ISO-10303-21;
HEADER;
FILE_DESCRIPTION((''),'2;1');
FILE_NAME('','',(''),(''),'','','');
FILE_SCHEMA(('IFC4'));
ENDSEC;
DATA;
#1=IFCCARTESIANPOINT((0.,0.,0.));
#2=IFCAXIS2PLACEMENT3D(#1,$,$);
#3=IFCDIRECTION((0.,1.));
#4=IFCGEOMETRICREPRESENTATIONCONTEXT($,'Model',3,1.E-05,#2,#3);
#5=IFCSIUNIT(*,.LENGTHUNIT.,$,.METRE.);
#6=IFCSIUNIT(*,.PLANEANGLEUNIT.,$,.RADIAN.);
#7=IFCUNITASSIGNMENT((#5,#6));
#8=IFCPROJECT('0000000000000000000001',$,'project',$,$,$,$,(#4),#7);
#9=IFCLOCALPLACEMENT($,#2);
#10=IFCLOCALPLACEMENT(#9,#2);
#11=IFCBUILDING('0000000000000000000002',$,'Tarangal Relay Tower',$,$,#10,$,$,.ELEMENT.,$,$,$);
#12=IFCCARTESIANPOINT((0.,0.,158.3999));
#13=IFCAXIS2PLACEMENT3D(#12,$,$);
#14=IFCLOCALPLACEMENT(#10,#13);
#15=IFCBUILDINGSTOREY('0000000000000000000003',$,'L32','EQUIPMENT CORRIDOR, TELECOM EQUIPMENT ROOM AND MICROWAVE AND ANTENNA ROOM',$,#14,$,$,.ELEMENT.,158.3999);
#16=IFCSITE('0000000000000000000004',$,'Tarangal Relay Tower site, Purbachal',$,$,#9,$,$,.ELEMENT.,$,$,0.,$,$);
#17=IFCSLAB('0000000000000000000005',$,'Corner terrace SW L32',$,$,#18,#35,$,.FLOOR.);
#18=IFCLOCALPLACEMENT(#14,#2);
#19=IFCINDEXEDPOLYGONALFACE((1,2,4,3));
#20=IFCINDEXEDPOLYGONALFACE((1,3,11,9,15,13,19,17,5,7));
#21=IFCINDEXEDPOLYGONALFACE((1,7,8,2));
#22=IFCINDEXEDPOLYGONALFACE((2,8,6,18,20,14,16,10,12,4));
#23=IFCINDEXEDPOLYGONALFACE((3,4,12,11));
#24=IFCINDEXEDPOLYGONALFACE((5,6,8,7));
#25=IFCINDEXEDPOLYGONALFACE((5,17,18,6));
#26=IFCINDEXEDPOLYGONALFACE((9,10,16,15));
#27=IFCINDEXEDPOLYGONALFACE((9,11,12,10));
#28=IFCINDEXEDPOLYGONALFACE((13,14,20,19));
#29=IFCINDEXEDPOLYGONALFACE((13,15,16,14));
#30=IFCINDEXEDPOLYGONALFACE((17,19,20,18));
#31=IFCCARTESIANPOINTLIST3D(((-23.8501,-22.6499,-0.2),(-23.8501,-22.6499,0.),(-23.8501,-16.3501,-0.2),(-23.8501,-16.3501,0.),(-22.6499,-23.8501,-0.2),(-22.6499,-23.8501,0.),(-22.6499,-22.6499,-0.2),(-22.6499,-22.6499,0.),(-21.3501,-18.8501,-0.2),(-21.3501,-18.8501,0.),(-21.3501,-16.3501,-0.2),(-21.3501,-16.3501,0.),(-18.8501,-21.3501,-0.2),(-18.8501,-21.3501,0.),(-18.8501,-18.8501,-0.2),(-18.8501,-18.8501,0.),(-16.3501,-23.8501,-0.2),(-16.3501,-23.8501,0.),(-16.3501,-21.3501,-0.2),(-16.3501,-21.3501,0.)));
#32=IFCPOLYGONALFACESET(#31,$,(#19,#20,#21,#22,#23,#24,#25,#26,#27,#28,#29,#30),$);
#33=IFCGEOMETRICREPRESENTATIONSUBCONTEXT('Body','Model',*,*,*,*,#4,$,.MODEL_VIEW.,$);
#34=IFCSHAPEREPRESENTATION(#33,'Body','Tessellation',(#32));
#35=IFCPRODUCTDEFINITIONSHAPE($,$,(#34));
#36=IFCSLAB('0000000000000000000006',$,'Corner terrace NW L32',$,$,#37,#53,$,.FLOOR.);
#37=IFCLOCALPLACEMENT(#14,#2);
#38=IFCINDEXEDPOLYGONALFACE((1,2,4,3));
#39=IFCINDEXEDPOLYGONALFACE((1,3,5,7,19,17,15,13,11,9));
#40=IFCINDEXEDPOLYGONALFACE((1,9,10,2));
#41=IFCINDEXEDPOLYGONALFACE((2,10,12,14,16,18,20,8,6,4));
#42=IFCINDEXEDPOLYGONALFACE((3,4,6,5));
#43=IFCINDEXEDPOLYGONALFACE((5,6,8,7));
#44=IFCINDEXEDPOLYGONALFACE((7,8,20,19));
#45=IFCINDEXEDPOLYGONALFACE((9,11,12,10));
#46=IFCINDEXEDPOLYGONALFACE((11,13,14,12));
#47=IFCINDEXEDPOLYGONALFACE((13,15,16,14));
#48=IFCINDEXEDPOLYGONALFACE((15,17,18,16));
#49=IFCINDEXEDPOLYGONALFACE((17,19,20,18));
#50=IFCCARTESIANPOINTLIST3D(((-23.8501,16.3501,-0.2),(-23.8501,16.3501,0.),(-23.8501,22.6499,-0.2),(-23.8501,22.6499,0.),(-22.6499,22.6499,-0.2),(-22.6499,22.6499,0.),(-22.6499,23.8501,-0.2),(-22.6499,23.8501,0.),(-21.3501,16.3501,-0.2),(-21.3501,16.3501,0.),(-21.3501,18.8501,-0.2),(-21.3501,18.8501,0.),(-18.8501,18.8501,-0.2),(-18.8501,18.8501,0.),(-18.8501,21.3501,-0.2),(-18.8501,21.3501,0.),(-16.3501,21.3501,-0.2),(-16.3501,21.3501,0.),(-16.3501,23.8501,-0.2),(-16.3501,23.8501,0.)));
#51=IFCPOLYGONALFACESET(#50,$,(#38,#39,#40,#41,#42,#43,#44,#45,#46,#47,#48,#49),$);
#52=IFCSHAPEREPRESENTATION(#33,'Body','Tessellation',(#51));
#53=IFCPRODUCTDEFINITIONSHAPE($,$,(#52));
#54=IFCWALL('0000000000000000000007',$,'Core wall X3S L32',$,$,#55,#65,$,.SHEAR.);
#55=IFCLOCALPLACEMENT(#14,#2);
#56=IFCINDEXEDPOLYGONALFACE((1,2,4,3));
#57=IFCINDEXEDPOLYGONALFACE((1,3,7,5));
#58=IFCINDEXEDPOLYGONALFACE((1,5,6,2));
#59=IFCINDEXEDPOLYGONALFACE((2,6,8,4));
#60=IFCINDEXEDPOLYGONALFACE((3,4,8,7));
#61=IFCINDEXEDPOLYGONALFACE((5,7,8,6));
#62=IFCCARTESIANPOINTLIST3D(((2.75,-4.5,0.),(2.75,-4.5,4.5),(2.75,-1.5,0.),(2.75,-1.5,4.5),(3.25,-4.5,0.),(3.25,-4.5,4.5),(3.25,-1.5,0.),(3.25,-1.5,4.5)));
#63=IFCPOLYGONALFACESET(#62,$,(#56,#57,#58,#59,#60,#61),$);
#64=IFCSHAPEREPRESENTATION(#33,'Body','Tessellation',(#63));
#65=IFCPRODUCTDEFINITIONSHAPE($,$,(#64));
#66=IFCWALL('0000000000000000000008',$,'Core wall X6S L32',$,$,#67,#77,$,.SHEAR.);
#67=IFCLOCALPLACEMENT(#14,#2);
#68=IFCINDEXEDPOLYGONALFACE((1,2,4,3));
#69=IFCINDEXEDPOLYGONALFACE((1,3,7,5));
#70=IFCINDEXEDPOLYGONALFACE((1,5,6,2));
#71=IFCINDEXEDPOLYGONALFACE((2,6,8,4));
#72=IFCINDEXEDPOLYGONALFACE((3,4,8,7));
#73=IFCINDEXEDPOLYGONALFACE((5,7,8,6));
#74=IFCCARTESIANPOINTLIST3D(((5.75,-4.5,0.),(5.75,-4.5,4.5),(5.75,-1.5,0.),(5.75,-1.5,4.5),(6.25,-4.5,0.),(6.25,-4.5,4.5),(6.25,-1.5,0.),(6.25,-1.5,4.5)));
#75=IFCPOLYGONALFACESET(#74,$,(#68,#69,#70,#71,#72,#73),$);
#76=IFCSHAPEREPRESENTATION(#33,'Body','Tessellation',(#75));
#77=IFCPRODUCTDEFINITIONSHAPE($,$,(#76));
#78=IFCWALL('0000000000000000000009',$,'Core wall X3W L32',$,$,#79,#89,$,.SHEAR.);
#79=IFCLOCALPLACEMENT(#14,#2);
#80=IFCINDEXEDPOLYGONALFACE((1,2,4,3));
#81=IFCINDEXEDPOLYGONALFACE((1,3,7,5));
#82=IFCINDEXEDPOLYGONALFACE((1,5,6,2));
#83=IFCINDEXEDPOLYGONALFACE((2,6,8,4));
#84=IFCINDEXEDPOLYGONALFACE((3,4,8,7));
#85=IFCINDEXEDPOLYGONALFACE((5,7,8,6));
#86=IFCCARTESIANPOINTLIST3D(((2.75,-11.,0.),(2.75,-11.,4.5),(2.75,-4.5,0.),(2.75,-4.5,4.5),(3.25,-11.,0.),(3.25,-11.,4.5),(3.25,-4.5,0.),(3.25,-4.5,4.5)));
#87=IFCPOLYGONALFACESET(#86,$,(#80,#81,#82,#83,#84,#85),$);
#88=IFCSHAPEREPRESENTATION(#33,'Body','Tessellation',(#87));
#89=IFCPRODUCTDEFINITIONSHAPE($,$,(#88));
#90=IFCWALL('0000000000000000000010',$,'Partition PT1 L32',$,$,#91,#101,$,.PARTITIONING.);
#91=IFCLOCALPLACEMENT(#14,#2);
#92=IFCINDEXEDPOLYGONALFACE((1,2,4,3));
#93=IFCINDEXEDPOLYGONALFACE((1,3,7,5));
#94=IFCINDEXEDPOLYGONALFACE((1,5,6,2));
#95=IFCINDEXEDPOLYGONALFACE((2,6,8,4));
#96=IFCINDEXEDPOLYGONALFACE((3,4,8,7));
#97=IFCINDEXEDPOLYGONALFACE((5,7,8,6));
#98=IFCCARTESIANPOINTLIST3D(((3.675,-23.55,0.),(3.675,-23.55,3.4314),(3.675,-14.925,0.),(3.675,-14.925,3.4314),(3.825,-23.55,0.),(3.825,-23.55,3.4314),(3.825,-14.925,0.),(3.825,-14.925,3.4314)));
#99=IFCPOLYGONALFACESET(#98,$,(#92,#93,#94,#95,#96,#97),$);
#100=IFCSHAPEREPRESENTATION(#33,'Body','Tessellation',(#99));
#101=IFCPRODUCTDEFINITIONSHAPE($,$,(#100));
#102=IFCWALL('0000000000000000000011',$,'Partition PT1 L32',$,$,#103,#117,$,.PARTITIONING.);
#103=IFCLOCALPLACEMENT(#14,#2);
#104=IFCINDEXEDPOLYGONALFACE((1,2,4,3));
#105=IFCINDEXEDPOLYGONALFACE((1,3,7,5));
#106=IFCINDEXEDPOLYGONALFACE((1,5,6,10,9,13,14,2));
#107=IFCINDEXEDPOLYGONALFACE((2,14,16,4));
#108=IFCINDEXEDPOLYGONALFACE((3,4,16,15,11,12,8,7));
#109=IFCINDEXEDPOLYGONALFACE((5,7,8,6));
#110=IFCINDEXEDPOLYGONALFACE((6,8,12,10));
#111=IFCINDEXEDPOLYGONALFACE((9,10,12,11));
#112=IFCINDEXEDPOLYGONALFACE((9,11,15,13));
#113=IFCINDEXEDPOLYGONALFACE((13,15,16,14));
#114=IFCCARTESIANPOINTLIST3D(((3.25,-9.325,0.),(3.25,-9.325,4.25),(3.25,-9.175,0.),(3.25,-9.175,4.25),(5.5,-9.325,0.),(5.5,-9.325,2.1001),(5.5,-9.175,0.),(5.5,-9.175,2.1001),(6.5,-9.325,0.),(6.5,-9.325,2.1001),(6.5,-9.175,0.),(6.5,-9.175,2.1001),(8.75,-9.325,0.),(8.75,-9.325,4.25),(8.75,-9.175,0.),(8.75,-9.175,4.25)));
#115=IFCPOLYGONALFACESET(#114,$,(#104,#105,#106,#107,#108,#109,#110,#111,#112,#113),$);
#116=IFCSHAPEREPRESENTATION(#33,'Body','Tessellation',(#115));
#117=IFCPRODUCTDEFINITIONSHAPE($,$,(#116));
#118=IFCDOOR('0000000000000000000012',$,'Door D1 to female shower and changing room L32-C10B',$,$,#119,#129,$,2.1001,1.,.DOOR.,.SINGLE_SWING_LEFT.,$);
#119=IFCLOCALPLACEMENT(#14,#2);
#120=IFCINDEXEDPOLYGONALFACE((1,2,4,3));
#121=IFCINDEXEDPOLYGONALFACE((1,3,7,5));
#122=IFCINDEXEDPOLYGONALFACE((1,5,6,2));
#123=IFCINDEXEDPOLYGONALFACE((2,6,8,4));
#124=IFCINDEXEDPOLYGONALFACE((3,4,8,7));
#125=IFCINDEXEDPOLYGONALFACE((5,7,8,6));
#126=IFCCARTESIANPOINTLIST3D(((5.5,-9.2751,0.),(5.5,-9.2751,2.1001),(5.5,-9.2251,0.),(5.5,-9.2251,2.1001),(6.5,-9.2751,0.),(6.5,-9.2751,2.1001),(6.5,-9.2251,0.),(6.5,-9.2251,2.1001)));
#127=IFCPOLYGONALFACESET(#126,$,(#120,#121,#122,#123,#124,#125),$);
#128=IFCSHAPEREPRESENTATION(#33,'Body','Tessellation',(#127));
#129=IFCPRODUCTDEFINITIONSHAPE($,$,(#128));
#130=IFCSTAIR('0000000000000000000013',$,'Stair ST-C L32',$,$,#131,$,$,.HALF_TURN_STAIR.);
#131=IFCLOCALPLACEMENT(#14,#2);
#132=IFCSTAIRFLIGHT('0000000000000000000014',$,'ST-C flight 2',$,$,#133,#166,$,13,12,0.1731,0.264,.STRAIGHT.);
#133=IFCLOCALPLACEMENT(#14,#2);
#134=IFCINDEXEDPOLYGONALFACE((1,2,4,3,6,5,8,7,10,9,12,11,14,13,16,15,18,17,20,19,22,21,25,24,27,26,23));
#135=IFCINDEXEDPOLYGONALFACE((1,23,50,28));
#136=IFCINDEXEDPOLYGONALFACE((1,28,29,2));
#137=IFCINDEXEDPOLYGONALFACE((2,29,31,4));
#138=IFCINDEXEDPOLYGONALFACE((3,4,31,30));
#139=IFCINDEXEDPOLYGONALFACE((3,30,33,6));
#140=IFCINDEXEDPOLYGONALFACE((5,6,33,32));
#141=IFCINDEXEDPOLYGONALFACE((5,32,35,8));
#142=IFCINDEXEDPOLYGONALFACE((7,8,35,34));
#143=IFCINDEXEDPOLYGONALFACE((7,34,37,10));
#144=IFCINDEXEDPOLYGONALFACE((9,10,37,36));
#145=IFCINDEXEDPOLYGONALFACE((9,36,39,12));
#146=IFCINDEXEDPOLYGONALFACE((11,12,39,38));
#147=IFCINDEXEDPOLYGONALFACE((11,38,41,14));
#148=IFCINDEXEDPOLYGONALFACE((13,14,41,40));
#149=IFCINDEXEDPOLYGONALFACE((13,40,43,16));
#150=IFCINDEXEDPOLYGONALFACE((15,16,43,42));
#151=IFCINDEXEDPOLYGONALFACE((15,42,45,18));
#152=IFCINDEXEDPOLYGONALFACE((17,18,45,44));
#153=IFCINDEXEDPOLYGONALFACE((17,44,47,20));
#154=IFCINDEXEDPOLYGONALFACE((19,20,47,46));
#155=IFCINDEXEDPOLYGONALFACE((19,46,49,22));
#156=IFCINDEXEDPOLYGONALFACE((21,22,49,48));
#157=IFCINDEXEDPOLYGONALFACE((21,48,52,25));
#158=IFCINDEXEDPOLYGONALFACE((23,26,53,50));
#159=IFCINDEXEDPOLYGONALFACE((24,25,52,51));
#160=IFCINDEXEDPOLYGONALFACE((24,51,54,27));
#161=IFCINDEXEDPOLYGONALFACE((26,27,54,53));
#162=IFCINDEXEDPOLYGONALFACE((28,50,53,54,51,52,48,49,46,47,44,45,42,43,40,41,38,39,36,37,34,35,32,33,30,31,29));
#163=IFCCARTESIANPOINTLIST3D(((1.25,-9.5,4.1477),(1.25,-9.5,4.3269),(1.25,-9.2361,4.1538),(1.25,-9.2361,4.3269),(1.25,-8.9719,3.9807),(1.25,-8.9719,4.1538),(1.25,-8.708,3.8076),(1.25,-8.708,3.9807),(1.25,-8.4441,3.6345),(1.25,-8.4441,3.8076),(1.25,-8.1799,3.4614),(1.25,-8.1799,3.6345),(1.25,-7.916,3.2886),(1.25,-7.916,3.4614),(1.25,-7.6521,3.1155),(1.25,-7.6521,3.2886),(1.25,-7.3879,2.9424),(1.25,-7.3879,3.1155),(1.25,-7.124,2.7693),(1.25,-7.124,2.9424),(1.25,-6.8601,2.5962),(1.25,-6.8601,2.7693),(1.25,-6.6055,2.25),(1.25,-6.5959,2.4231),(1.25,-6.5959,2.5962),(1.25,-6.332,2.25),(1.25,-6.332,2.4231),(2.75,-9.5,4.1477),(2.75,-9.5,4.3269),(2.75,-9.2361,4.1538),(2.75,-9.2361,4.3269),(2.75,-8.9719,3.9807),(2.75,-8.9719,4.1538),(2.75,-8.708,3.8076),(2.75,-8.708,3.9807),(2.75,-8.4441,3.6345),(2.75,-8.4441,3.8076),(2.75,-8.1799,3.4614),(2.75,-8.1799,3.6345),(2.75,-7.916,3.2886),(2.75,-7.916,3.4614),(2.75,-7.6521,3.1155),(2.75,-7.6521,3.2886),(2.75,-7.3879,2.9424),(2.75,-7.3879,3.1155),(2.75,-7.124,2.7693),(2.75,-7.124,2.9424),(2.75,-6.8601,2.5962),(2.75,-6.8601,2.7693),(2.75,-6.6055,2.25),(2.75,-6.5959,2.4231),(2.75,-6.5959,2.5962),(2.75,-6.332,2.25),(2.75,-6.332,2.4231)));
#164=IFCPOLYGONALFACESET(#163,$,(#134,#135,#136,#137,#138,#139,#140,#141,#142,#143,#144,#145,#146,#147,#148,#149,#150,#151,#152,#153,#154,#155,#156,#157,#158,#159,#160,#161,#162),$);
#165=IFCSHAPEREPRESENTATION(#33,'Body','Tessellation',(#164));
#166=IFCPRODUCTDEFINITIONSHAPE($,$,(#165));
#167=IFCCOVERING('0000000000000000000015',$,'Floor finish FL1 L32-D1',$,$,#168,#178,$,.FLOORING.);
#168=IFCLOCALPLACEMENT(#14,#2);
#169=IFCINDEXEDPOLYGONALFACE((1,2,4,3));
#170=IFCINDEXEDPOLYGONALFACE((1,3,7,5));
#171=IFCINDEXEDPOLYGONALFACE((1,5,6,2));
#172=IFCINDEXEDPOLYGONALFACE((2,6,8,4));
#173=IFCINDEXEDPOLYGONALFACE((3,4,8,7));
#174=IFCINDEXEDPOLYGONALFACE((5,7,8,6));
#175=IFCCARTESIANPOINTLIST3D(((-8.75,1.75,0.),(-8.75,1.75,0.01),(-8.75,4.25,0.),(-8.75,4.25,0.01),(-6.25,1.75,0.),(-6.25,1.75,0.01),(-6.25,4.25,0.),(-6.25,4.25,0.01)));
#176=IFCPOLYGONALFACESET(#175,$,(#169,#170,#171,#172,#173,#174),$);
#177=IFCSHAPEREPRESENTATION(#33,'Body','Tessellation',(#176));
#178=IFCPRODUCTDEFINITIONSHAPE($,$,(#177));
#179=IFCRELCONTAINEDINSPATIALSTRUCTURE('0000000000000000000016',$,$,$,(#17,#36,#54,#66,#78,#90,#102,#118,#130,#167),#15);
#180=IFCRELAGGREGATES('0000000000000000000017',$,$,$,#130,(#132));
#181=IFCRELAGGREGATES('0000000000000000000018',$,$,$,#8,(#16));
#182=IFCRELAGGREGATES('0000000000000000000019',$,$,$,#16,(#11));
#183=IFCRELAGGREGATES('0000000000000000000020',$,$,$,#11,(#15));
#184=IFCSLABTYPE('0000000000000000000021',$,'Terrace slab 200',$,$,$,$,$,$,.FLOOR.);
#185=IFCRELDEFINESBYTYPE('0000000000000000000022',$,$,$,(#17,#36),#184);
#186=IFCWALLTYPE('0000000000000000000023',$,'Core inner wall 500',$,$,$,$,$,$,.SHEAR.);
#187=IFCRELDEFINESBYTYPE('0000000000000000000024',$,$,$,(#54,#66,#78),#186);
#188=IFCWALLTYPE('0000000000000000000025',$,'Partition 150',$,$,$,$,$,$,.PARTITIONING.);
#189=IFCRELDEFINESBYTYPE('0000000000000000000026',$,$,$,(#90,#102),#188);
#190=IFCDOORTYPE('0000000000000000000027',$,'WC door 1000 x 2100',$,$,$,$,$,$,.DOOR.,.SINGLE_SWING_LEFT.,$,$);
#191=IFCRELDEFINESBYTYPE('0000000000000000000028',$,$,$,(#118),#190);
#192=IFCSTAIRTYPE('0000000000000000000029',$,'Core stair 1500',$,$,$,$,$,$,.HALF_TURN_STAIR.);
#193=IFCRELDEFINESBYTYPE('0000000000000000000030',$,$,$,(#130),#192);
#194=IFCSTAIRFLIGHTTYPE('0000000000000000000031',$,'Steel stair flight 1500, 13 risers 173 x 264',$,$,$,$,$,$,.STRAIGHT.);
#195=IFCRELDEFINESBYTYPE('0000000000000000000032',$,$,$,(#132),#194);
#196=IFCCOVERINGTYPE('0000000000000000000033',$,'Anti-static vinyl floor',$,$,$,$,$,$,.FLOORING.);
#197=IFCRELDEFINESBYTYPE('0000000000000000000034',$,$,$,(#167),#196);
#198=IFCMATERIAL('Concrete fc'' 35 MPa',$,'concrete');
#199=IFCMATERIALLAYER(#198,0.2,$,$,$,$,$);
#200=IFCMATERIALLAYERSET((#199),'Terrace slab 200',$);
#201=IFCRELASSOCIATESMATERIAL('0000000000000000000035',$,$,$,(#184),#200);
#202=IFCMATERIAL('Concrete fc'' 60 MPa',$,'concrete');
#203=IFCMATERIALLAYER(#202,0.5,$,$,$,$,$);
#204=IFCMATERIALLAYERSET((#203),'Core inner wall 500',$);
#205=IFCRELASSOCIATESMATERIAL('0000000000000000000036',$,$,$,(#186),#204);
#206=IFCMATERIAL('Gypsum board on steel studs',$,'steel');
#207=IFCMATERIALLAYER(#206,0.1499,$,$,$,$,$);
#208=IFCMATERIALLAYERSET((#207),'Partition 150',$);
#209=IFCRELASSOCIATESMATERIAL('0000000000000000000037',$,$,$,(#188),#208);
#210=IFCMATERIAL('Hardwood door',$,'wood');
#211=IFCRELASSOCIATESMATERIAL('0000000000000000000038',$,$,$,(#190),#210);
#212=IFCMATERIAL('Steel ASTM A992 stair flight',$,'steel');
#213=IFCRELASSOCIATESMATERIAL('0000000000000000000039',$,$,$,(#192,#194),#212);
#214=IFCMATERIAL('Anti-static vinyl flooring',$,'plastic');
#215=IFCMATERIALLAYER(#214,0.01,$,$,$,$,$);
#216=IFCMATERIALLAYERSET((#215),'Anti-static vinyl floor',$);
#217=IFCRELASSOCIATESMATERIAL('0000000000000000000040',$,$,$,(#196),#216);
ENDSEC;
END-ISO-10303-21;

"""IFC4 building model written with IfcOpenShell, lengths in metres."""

from ifc_helpers import new_model, si_unit, direction, frame, frame_2d, origin, place, context, subcontext, project, spatial, polyline, rectangle, outline, extrude, material, layer, layer_set, type_object, element, fill, aggregate, save


model = new_model("IFC4")

# Units and contexts
model_context = context("Model", 3, precision=1e-05, world=origin(), true_north=direction((0.0, 1.0)))
body_context = subcontext(model_context, "Body", "Model", "MODEL_VIEW")
ifc_project = project(units=[si_unit("LENGTHUNIT", "METRE"), si_unit("PLANEANGLEUNIT", "RADIAN")], contexts=[model_context])

# Site, building, storey
site_placement = place(None, origin())
site = spatial("IfcSite", under=ifc_project, at=site_placement, Name="Tarangal Relay Tower site, Purbachal", CompositionType="ELEMENT", RefElevation=0.0)
building_placement = place(site_placement, origin())
building = spatial("IfcBuilding", under=site, at=building_placement, Name="Tarangal Relay Tower", CompositionType="ELEMENT")
storey_placement = place(building_placement, frame((0.0, 0.0, 158.3999)))
storey = spatial("IfcBuildingStorey", under=building, at=storey_placement, Name="L32", Description="EQUIPMENT CORRIDOR, TELECOM EQUIPMENT ROOM AND MICROWAVE AND ANTENNA ROOM", CompositionType="ELEMENT", Elevation=158.3999)

# Slabs
ifc_material_1 = material(Name="Concrete fc' 35 MPa", Category="concrete")
ifc_layer_1 = layer(ifc_material_1, 0.2)
ifc_layer_set_1 = layer_set([ifc_layer_1], Name="Terrace slab 200")
slab_type_1 = type_object("IfcSlabType", Name="Terrace slab 200", PredefinedType="FLOOR", material=ifc_layer_set_1)
slab_1_placement = place(storey_placement, frame((0.0, 0.0, -0.2)))
element("IfcSlab", 1, at=slab_1_placement, inside=storey, type_object=slab_type_1, Name="Corner terrace SW L32", PredefinedType="FLOOR", context=body_context, shape_type="SweptSolid", body=[
    extrude(outline(polyline([(-16.3501, -23.8501), (-16.3501, -21.3501), (-18.8501, -21.3501), (-18.8501, -18.8501), (-21.3501, -18.8501), (-21.3501, -16.3501), (-23.8501, -16.3501), (-23.8501, -22.6499), (-22.6499, -22.6499), (-22.6499, -23.8501), (-16.3501, -23.8501)])), origin(), (0.0, 0.0, 1.0), 0.2),
])
slab_2_placement = place(storey_placement, frame((0.0, 0.0, -0.2)))
element("IfcSlab", 2, at=slab_2_placement, inside=storey, type_object=slab_type_1, Name="Corner terrace NW L32", PredefinedType="FLOOR", context=body_context, shape_type="SweptSolid", body=[
    extrude(outline(polyline([(-23.8501, 16.3501), (-21.3501, 16.3501), (-21.3501, 18.8501), (-18.8501, 18.8501), (-18.8501, 21.3501), (-16.3501, 21.3501), (-16.3501, 23.8501), (-22.6499, 23.8501), (-22.6499, 22.6499), (-23.8501, 22.6499), (-23.8501, 16.3501)])), origin(), (0.0, 0.0, 1.0), 0.2),
])

# Walls
ifc_material_2 = material(Name="Concrete fc' 60 MPa", Category="concrete")
ifc_layer_2 = layer(ifc_material_2, 0.5)
ifc_layer_set_2 = layer_set([ifc_layer_2], Name="Core inner wall 500")
wall_type_1 = type_object("IfcWallType", Name="Core inner wall 500", PredefinedType="SHEAR", material=ifc_layer_set_2)
for number, where, z_axis, x_axis, name in (
    (3, (3.0, -4.5, 0.0), (0.0, 0.0, 1.0), (0.0, 1.0, 0.0), "Core wall X3S L32"),
    (4, (6.0, -4.5, 0.0), (0.0, 0.0, 1.0), (0.0, 1.0, 0.0), "Core wall X6S L32"),
):
    element("IfcWall", number, at=place(storey_placement, frame(where, z_axis=z_axis, x_axis=x_axis)), inside=storey, type_object=wall_type_1, Name=name, PredefinedType="SHEAR", context=body_context, shape_type="SweptSolid", body=[
        extrude(rectangle(XDim=3.0, YDim=0.5, at=frame_2d((1.5, 0.0))), origin(), (0.0, 0.0, 1.0), 4.5),
    ])
wall_1_placement = place(storey_placement, frame((3.0, -11.0, 0.0), z_axis=(0.0, 0.0, 1.0), x_axis=(0.0, 1.0, 0.0)))
element("IfcWall", 5, at=wall_1_placement, inside=storey, type_object=wall_type_1, Name="Core wall X3W L32", PredefinedType="SHEAR", context=body_context, shape_type="SweptSolid", body=[
    extrude(rectangle(XDim=6.5, YDim=0.5, at=frame_2d((3.25, 0.0))), origin(), (0.0, 0.0, 1.0), 4.5),
])
ifc_material_3 = material(Name="Gypsum board on steel studs", Category="steel")
ifc_layer_3 = layer(ifc_material_3, 0.1499)
ifc_layer_set_3 = layer_set([ifc_layer_3], Name="Partition 150")
wall_type_2 = type_object("IfcWallType", Name="Partition 150", PredefinedType="PARTITIONING", material=ifc_layer_set_3)
wall_2_placement = place(storey_placement, frame((3.75, -23.55, 0.0), z_axis=(0.0, 0.0, 1.0), x_axis=(0.0, 1.0, 0.0)))
element("IfcWall", 6, at=wall_2_placement, inside=storey, type_object=wall_type_2, Name="Partition PT1 L32", PredefinedType="PARTITIONING", context=body_context, shape_type="SweptSolid", body=[
    extrude(rectangle(XDim=8.625, YDim=0.1499, at=frame_2d((4.3125, 0.0))), origin(), (0.0, 0.0, 1.0), 3.4314),
])

# Wall, opening, door
wall_3_placement = place(storey_placement, frame((3.25, -9.25, 0.0), z_axis=(0.0, 0.0, 1.0), x_axis=(1.0, 0.0, 0.0)))
wall_3 = element("IfcWall", 7, at=wall_3_placement, inside=storey, type_object=wall_type_2, Name="Partition PT1 L32", PredefinedType="PARTITIONING", context=body_context, shape_type="SweptSolid", body=[
    extrude(rectangle(XDim=5.5, YDim=0.1499, at=frame_2d((2.75, 0.0))), origin(), (0.0, 0.0, 1.0), 4.25),
])
opening_placement = place(wall_3_placement, frame((2.25, 0.0, 0.0)))
opening = element("IfcOpeningElement", 8, at=opening_placement, cuts=wall_3, PredefinedType="OPENING", context=body_context, shape_type="SweptSolid", body=[
    extrude(rectangle(XDim=1.0, YDim=2.1001, at=frame_2d((0.5, 1.05))), frame((0.0, 0.085, 0.0), z_axis=(0.0, -1.0, 0.0), x_axis=(1.0, 0.0, 0.0)), (0.0, 0.0, 1.0), 0.1699),
])
ifc_material_4 = material(Name="Hardwood door", Category="wood")
door_type = type_object("IfcDoorType", Name="WC door 1000 x 2100", OperationType="SINGLE_SWING_LEFT", PredefinedType="DOOR", material=ifc_material_4)
door_placement = place(opening_placement, origin())
door = element("IfcDoor", 9, at=door_placement, inside=storey, type_object=door_type, Name="Door D1 to female shower and changing room L32-C10B", OperationType="SINGLE_SWING_LEFT", OverallHeight=2.1001, OverallWidth=1.0, PredefinedType="DOOR", context=body_context, shape_type="SweptSolid", body=[
    extrude(rectangle(XDim=1.0, YDim=2.1001, at=frame_2d((0.5, 1.05))), frame((0.0, 0.0249, 0.0), z_axis=(0.0, -1.0, 0.0), x_axis=(1.0, 0.0, 0.0)), (0.0, 0.0, 1.0), 0.05),
])
fill(opening, door)

# Stair, stair flight
ifc_material_5 = material(Name="Steel ASTM A992 stair flight", Category="steel")
stair_type = type_object("IfcStairType", Name="Core stair 1500", PredefinedType="HALF_TURN_STAIR", material=ifc_material_5)
stair_placement = place(storey_placement, origin())
stair = element("IfcStair", 10, at=stair_placement, inside=storey, type_object=stair_type, Name="Stair ST-C L32", PredefinedType="HALF_TURN_STAIR")
stair_flight_type = type_object("IfcStairFlightType", Name="Steel stair flight 1500, 13 risers 173 x 264", PredefinedType="STRAIGHT", material=ifc_material_5)
stair_flight_placement = place(storey_placement, frame((2.0, -6.332, 2.25), z_axis=(0.0, 0.0, 1.0), x_axis=(0.0, -1.0, 0.0)))
stair_flight = element("IfcStairFlight", 11, at=stair_flight_placement, type_object=stair_flight_type, Name="ST-C flight 2", NumberOfRisers=13, NumberOfTreads=12, PredefinedType="STRAIGHT", RiserHeight=0.1731, TreadLength=0.264, context=body_context, shape_type="SweptSolid", body=[
    extrude(outline(polyline([(0.0, 0.0), (0.0, 0.1731), (0.2639, 0.1731), (0.2639, 0.3462), (0.5281, 0.3462), (0.5281, 0.5193), (0.792, 0.5193), (0.792, 0.6924), (1.0559, 0.6924), (1.0559, 0.8655), (1.3201, 0.8655), (1.3201, 1.0386), (1.584, 1.0386), (1.584, 1.2114), (1.8479, 1.2114), (1.8479, 1.3845), (2.1121, 1.3845), (2.1121, 1.5576), (2.376, 1.5576), (2.376, 1.7307), (2.6399, 1.7307), (2.6399, 1.9038), (2.9041, 1.9038), (2.9041, 2.0769), (3.168, 2.0769), (3.168, 2.25), (3.168, 1.8977), (0.2734, 0.0), (0.0, 0.0)])), frame((0.0, 0.75, 0.0), z_axis=(0.0, -1.0, 0.0), x_axis=(1.0, 0.0, 0.0)), (0.0, 0.0, 1.0), 1.5),
])
aggregate(stair, [stair_flight])

# Covering
ifc_material_6 = material(Name="Anti-static vinyl flooring", Category="plastic")
ifc_layer_4 = layer(ifc_material_6, 0.01)
ifc_layer_set_4 = layer_set([ifc_layer_4], Name="Anti-static vinyl floor")
covering_type_1 = type_object("IfcCoveringType", Name="Anti-static vinyl floor", PredefinedType="FLOORING", material=ifc_layer_set_4)
covering_1_placement = place(storey_placement, origin())
element("IfcCovering", 12, at=covering_1_placement, inside=storey, type_object=covering_type_1, Name="Floor finish FL1 L32-D1", PredefinedType="FLOORING", context=body_context, shape_type="SweptSolid", body=[
    extrude(outline(polyline([(-8.75, 1.75), (-6.25, 1.75), (-6.25, 4.25), (-8.75, 4.25), (-8.75, 1.75)])), origin(), (0.0, 0.0, 1.0), 0.01),
])

save(model, "model.ifc")
